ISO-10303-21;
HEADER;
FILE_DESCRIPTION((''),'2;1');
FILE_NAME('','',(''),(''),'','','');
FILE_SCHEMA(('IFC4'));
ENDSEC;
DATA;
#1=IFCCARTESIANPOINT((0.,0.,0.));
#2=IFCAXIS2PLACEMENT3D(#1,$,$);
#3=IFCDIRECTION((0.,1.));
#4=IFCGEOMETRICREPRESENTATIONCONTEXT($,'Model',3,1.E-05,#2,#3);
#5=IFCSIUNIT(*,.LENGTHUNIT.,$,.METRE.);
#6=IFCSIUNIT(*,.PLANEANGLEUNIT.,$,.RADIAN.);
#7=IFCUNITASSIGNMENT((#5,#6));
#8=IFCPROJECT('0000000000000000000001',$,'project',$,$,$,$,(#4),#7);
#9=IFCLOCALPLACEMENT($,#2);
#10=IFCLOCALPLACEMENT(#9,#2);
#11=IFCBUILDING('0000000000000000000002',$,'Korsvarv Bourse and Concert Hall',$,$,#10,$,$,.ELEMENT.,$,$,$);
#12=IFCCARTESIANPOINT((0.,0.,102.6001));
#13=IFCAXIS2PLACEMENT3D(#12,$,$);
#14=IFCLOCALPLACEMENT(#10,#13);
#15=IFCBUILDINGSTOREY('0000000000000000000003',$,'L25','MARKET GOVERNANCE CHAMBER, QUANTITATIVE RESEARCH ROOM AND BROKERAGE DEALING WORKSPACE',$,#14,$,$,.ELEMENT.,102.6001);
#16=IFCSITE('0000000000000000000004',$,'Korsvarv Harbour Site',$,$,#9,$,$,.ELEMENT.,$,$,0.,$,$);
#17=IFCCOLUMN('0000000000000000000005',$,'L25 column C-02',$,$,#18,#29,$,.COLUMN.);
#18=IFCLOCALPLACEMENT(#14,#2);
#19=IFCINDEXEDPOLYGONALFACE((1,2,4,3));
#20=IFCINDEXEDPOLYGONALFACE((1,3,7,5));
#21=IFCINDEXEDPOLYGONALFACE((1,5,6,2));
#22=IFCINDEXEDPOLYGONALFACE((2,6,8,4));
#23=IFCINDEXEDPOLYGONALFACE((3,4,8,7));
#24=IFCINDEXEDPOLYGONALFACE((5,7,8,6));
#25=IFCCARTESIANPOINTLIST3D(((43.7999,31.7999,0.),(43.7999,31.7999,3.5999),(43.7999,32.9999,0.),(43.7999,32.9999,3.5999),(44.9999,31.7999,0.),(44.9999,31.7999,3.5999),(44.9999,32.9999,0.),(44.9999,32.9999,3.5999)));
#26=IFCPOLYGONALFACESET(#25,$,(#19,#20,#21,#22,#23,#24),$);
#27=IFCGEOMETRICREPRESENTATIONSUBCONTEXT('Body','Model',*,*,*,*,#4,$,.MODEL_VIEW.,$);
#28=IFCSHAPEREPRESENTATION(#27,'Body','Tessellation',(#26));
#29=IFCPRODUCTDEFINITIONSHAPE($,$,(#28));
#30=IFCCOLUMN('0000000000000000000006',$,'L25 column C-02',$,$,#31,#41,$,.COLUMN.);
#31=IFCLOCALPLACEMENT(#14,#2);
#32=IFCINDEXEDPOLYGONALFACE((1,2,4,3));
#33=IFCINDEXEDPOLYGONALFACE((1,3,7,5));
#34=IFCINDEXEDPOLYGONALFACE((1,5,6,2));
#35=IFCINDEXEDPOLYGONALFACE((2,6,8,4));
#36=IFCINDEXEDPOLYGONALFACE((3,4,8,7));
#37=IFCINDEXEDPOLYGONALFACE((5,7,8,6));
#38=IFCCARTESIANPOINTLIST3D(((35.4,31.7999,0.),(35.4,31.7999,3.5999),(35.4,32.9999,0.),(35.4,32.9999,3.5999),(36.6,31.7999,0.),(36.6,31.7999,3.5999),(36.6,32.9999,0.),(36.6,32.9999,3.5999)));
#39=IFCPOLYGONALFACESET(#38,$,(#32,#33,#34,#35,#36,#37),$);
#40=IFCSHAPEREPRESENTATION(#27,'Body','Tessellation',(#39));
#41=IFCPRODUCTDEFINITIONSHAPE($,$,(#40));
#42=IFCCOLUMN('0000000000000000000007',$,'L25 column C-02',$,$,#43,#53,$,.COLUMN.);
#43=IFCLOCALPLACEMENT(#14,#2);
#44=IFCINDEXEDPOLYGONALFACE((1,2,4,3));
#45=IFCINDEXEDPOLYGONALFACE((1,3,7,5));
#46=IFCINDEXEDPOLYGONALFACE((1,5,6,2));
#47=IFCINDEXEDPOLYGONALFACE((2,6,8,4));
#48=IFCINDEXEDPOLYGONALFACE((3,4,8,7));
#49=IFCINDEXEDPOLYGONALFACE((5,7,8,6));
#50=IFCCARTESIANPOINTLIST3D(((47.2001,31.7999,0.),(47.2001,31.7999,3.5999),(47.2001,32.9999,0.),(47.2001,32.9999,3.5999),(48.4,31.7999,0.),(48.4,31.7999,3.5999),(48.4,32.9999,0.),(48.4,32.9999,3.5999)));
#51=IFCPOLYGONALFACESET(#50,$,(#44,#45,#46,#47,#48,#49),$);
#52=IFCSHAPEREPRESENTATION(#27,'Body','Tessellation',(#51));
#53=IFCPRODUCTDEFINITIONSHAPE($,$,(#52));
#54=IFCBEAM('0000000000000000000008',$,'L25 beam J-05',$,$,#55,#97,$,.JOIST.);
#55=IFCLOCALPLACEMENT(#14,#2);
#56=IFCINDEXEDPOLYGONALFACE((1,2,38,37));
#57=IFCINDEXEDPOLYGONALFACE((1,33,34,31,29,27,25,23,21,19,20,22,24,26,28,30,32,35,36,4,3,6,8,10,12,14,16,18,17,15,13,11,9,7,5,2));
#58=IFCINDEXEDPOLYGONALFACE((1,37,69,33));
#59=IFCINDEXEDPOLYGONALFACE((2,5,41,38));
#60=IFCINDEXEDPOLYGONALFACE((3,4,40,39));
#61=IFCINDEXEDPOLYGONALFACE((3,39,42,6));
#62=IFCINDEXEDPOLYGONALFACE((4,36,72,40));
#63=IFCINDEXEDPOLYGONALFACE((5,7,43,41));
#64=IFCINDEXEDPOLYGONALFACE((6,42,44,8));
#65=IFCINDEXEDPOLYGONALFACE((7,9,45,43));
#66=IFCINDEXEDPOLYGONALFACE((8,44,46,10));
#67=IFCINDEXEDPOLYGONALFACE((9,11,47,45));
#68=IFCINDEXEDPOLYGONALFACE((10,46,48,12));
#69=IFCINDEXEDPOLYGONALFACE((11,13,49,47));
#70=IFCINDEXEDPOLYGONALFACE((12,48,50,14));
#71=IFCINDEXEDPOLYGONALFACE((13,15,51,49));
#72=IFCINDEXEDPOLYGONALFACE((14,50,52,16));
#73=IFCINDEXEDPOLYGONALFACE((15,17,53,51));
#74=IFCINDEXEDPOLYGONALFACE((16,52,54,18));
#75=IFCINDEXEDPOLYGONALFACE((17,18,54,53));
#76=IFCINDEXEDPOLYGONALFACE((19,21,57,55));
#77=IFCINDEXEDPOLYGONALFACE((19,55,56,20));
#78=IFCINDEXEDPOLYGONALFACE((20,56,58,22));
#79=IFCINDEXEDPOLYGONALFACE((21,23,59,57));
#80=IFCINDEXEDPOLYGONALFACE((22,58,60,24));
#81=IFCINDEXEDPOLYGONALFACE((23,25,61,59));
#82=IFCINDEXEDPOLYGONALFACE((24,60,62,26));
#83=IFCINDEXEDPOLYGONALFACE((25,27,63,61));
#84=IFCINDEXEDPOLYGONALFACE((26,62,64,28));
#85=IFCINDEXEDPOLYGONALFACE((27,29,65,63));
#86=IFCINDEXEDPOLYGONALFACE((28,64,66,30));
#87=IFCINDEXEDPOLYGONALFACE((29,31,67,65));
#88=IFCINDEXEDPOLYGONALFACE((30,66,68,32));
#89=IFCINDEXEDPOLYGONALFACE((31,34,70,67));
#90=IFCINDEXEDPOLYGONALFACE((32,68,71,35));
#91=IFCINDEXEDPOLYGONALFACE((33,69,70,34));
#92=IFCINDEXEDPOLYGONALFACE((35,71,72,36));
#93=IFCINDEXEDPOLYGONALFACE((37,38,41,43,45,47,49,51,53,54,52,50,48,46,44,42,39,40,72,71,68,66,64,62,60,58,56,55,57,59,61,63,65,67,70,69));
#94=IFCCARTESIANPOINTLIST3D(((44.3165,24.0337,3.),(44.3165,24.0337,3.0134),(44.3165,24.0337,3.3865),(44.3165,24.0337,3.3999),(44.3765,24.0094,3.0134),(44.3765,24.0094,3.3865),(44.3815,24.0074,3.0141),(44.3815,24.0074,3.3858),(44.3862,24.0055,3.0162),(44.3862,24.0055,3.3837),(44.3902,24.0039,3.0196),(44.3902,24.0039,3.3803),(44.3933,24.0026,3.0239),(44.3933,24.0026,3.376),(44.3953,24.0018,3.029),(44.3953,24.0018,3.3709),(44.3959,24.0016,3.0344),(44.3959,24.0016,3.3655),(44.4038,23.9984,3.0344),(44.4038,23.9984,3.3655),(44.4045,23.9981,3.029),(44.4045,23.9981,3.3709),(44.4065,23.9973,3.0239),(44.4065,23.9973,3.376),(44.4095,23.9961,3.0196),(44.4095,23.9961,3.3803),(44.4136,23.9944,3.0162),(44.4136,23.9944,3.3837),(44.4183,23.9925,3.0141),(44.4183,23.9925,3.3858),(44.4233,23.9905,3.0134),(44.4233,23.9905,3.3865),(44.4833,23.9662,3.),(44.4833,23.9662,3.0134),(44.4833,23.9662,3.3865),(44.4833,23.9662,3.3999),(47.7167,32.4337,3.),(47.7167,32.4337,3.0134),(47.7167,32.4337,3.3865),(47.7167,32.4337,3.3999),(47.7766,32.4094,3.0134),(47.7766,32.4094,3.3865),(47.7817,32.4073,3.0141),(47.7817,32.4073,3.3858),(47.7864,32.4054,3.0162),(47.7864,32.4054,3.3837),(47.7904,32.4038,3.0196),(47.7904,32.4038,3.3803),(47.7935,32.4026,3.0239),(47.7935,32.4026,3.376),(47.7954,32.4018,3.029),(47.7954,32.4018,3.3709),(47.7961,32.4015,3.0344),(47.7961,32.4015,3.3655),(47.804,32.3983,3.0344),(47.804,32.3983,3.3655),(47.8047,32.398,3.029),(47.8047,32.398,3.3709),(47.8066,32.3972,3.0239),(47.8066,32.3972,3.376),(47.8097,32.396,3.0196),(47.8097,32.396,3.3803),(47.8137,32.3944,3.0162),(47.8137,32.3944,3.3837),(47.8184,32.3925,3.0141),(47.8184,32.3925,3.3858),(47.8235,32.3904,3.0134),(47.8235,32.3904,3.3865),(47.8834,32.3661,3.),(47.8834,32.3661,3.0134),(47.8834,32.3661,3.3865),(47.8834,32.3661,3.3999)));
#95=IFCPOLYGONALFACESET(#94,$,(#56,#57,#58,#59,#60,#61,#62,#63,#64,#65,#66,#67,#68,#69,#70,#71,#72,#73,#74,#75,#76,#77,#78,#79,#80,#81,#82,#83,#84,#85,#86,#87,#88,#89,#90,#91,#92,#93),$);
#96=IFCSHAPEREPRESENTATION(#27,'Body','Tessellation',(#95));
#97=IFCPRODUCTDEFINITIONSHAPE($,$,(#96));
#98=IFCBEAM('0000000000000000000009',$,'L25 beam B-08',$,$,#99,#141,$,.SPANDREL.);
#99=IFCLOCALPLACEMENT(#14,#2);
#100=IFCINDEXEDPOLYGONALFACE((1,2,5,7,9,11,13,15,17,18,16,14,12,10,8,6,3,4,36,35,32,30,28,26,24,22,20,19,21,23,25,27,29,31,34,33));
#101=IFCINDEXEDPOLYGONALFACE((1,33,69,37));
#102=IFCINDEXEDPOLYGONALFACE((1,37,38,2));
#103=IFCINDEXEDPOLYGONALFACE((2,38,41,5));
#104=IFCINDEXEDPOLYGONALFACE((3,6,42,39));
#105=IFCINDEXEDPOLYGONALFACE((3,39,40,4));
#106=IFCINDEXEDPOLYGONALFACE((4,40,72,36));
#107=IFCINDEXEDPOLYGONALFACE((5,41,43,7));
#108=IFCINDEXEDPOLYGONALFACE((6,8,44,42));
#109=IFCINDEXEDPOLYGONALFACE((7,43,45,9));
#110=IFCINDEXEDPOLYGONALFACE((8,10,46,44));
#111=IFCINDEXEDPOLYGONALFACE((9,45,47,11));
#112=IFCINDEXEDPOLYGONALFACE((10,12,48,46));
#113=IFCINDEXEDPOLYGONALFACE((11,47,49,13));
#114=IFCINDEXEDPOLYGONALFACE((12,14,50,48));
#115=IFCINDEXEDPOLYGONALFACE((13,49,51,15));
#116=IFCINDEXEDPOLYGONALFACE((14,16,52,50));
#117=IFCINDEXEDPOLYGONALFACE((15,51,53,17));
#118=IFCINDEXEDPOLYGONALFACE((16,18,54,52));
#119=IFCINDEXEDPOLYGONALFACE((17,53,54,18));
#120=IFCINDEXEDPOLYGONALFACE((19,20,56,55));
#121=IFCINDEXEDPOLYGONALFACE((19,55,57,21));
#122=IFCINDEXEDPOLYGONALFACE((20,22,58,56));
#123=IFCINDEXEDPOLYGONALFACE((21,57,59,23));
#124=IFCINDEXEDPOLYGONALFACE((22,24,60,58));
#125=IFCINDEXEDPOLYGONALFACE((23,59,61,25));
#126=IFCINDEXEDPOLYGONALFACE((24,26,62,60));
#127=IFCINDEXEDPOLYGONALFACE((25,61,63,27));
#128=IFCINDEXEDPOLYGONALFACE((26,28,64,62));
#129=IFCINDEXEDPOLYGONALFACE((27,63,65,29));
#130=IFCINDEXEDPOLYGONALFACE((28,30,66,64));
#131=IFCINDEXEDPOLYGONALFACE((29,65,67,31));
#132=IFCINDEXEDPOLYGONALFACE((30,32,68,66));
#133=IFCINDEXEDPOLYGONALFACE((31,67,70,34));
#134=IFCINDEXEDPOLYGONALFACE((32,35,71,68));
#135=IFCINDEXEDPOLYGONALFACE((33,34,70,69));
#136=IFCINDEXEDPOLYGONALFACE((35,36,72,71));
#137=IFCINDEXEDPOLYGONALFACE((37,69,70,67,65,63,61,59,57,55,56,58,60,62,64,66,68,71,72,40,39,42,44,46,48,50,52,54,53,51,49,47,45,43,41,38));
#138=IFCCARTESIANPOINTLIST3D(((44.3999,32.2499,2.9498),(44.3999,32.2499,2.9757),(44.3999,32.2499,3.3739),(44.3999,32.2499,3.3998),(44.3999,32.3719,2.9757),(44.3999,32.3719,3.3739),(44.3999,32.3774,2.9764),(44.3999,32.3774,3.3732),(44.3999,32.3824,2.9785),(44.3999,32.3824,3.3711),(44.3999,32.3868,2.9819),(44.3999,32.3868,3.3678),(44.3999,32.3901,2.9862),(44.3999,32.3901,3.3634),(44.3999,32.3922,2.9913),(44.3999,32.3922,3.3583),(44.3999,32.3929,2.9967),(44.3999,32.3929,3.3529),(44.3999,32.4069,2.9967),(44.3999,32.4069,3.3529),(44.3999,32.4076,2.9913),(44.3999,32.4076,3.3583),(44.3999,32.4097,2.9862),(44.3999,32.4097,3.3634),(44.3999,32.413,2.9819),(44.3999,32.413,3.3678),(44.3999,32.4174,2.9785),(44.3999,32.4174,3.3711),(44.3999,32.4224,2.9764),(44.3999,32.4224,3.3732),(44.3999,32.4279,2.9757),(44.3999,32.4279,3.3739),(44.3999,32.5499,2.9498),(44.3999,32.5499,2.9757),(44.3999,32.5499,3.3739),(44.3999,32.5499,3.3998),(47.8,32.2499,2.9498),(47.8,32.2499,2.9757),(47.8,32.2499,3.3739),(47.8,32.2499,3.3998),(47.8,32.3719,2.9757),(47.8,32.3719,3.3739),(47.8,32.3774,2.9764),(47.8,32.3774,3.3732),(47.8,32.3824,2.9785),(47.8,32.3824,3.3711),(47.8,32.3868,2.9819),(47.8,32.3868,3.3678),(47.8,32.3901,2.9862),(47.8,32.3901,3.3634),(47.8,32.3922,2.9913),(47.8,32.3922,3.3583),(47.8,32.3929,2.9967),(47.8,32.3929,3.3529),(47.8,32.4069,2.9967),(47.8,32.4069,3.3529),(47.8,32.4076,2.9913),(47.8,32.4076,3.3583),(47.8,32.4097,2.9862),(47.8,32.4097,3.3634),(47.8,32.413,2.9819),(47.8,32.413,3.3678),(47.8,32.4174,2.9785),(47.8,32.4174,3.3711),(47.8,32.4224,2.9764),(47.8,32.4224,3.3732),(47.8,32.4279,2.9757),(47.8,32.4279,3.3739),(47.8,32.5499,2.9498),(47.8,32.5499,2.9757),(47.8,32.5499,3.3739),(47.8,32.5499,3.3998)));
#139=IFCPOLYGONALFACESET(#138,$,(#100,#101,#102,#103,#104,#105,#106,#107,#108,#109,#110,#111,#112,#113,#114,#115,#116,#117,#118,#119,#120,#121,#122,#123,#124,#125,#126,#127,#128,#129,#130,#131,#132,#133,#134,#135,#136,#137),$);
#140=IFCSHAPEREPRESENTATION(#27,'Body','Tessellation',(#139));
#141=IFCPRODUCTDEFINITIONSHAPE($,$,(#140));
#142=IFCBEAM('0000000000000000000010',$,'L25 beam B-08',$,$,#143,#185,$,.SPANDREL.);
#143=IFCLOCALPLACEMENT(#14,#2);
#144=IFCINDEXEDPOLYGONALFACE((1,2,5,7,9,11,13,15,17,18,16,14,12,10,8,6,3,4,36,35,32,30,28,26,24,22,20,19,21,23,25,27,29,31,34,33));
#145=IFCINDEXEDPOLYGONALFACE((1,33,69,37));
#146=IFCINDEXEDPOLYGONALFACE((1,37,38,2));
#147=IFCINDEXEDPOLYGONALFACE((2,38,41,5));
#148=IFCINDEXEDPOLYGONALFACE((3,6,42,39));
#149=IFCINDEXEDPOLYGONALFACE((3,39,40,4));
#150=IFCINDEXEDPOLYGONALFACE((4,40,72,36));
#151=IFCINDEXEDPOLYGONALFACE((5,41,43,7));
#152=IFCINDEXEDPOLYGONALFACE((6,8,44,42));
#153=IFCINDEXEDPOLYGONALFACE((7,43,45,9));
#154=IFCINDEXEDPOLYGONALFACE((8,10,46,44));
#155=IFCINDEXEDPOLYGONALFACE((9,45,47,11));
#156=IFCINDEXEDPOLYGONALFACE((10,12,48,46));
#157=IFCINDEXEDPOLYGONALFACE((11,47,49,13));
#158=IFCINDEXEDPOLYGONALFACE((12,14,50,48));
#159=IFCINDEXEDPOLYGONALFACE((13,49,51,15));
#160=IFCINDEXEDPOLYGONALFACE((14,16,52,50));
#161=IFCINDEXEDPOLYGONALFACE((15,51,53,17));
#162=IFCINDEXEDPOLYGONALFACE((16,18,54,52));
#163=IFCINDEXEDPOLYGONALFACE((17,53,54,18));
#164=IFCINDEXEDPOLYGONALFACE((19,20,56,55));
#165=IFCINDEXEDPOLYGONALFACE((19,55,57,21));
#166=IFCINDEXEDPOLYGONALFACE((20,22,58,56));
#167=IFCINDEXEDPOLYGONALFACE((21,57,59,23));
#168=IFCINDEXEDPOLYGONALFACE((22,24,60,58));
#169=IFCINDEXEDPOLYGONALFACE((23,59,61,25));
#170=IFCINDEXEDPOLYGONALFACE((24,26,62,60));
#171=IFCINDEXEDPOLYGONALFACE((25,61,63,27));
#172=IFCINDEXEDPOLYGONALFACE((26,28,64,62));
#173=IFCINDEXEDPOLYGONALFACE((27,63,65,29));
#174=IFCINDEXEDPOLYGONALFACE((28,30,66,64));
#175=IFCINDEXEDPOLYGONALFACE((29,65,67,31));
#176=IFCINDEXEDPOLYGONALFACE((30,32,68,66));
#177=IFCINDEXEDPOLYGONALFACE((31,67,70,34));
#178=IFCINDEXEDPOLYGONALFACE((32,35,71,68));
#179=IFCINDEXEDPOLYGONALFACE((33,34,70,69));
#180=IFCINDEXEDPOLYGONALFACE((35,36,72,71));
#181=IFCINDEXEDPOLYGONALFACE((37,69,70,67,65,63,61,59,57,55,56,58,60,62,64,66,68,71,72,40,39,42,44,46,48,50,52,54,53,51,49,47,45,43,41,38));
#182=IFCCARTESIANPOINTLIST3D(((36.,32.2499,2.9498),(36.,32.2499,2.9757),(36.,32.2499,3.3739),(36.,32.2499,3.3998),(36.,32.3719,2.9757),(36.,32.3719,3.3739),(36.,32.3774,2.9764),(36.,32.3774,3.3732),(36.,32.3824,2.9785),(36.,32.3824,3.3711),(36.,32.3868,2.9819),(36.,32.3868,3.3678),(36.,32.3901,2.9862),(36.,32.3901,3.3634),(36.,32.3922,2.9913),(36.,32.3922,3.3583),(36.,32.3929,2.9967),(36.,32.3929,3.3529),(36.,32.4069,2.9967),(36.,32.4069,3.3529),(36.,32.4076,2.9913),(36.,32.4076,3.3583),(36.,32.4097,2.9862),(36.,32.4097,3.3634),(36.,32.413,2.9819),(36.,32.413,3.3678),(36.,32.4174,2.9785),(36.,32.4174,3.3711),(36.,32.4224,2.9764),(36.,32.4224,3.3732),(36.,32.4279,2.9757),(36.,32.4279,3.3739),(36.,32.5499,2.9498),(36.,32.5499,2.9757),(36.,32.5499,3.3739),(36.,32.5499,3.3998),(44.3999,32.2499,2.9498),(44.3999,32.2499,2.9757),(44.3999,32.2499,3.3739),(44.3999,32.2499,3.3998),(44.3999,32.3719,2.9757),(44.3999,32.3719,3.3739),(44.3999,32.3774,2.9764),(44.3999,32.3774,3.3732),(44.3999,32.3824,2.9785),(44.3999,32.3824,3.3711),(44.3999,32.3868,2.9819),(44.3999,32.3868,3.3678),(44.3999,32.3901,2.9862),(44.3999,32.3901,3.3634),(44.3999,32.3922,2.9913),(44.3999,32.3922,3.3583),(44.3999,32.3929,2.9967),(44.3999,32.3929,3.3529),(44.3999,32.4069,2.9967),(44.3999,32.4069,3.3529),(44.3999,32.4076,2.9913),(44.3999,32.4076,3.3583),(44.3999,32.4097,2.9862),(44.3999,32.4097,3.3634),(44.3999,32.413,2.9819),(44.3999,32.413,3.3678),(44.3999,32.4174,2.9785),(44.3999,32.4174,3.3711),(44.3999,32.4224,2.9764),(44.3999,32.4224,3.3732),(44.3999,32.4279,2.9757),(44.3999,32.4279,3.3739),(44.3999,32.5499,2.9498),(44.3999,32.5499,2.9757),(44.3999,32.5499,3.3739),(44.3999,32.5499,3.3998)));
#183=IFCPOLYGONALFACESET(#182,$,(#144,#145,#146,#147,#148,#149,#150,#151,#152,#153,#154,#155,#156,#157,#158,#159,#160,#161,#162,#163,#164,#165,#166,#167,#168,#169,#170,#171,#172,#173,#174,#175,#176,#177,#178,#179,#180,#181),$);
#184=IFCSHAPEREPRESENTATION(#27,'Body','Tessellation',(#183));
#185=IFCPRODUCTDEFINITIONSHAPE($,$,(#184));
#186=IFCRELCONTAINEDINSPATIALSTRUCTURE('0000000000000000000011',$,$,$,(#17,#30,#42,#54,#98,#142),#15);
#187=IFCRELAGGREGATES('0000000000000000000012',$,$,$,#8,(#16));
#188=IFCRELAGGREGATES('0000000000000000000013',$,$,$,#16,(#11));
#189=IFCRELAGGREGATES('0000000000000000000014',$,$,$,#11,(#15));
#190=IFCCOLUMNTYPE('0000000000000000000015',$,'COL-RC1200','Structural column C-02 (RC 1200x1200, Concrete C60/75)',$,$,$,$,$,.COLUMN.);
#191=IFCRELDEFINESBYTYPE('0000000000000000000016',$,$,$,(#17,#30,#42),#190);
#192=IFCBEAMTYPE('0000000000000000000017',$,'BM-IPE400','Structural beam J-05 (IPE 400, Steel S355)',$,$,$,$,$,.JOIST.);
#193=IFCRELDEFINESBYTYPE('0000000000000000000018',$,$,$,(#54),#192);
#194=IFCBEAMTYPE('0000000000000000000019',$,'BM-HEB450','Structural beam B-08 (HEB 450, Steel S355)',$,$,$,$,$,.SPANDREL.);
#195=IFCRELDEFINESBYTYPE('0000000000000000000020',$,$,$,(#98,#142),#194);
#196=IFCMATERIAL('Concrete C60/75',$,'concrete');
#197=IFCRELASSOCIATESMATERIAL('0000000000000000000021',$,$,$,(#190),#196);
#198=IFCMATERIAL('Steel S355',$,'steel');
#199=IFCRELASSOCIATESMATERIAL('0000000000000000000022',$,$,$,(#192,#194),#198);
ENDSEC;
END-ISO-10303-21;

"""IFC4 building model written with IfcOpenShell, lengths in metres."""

from ifc_helpers import new_model, si_unit, direction, frame, origin, origin_2d, place, context, subcontext, project, spatial, rectangle, i_section, extrude, source, transform, mapped, material, material_profile, profile_set, type_object, element, save


model = new_model("IFC4")

# Units and contexts
model_context = context("Model", 3, precision=1e-05, world=origin(), true_north=direction((0.0, 1.0)))
body_context = subcontext(model_context, "Body", "Model", "MODEL_VIEW")
ifc_project = project(units=[si_unit("LENGTHUNIT", "METRE"), si_unit("PLANEANGLEUNIT", "RADIAN")], contexts=[model_context])

# Site, building, storey
site_placement = place(None, origin())
site = spatial("IfcSite", under=ifc_project, at=site_placement, Name="Korsvarv Harbour Site", CompositionType="ELEMENT", RefElevation=0.0)
building_placement = place(site_placement, origin())
building = spatial("IfcBuilding", under=site, at=building_placement, Name="Korsvarv Bourse and Concert Hall", CompositionType="ELEMENT")
storey_placement = place(building_placement, frame((0.0, 0.0, 102.6001)))
storey = spatial("IfcBuildingStorey", under=building, at=storey_placement, Name="L25", Description="MARKET GOVERNANCE CHAMBER, QUANTITATIVE RESEARCH ROOM AND BROKERAGE DEALING WORKSPACE", CompositionType="ELEMENT", Elevation=102.6001)

# Columns
ifc_material_1 = material(Name="Concrete C60/75", Category="concrete")
ifc_material_profile_1 = material_profile(ifc_material_1, rectangle(XDim=1.2, YDim=1.2, at=origin_2d()), Name="RC 1200x1200")
ifc_profile_set_1 = profile_set([ifc_material_profile_1], Name="Concrete C60/75")
column_type = type_object("IfcColumnType", Name="COL-RC1200", Description="Structural column C-02 (RC 1200x1200, Concrete C60/75)", PredefinedType="COLUMN", material=ifc_profile_set_1)
shared_shape_1 = source(origin(), body_context, "Body", "SweptSolid", [
    extrude(rectangle(XDim=1.2, YDim=1.2, at=origin_2d()), origin(), (0.0, 0.0, 1.0), 3.5999),
])
for number, where, z_axis, x_axis, name in (
    (1, (44.3999, 32.3999, 0.0), (0.0, 0.0, 1.0), (1.0, 0.0, 0.0), "L25 column C-02"),
    (2, (36.0, 32.3999, 0.0), (0.0, 0.0, 1.0), (1.0, 0.0, 0.0), "L25 column C-02"),
    (3, (47.8, 32.3999, 0.0), (0.0, 0.0, 1.0), (1.0, 0.0, 0.0), "L25 column C-02"),
):
    element("IfcColumn", number, at=place(storey_placement, frame(where, z_axis=z_axis, x_axis=x_axis)), inside=storey, type_object=column_type, Name=name, PredefinedType="COLUMN", context=body_context, shape_type="MappedRepresentation", body=[
        mapped(shared_shape_1, transform((0.0, 0.0, 0.0), scale=1.0)),
    ])

# Beams
ifc_material_2 = material(Name="Steel S355", Category="steel")
ifc_material_profile_2 = material_profile(ifc_material_2, i_section(OverallWidth=0.1799, OverallDepth=0.3999, WebThickness=0.0085, FlangeThickness=0.0134, FilletRadius=0.021, at=origin_2d()), Name="IPE 400")
ifc_profile_set_2 = profile_set([ifc_material_profile_2], Name="Steel S355")
beam_type_1 = type_object("IfcBeamType", Name="BM-IPE400", Description="Structural beam J-05 (IPE 400, Steel S355)", PredefinedType="JOIST", material=ifc_profile_set_2)
shared_shape_2 = source(origin(), body_context, "Body", "SweptSolid", [
    extrude(i_section(OverallWidth=0.1799, OverallDepth=0.3999, WebThickness=0.0085, FlangeThickness=0.0134, FilletRadius=0.021, at=origin_2d()), origin(), (0.0, 0.0, 1.0), 9.062),
])
beam_1_placement = place(storey_placement, frame((47.8, 32.3999, 3.2), z_axis=(-0.37521, -0.92694, 0.0), x_axis=(0.92694, -0.37521, 0.0)))
element("IfcBeam", 4, at=beam_1_placement, inside=storey, type_object=beam_type_1, Name="L25 beam J-05", PredefinedType="JOIST", context=body_context, shape_type="MappedRepresentation", body=[
    mapped(shared_shape_2, transform((0.0, 0.0, 0.0), scale=1.0)),
])
ifc_material_profile_3 = material_profile(ifc_material_2, i_section(OverallWidth=0.3, OverallDepth=0.45, WebThickness=0.0139, FlangeThickness=0.0259, FilletRadius=0.021, at=origin_2d()), Name="HEB 450")
ifc_profile_set_3 = profile_set([ifc_material_profile_3], Name="Steel S355")
beam_type_2 = type_object("IfcBeamType", Name="BM-HEB450", Description="Structural beam B-08 (HEB 450, Steel S355)", PredefinedType="SPANDREL", material=ifc_profile_set_3)
shared_shape_3 = source(origin(), body_context, "Body", "SweptSolid", [
    extrude(i_section(OverallWidth=0.3, OverallDepth=0.45, WebThickness=0.0139, FlangeThickness=0.0259, FilletRadius=0.021, at=origin_2d()), origin(), (0.0, 0.0, 1.0), 3.4001),
])
beam_2_placement = place(storey_placement, frame((44.3999, 32.3999, 3.1748), z_axis=(1.0, 0.0, 0.0), x_axis=(0.0, 1.0, 0.0)))
element("IfcBeam", 5, at=beam_2_placement, inside=storey, type_object=beam_type_2, Name="L25 beam B-08", PredefinedType="SPANDREL", context=body_context, shape_type="MappedRepresentation", body=[
    mapped(shared_shape_3, transform((0.0, 0.0, 0.0), scale=1.0)),
])
shared_shape_4 = source(origin(), body_context, "Body", "SweptSolid", [
    extrude(i_section(OverallWidth=0.3, OverallDepth=0.45, WebThickness=0.0139, FlangeThickness=0.0259, FilletRadius=0.021, at=origin_2d()), origin(), (0.0, 0.0, 1.0), 8.3999),
])
beam_3_placement = place(storey_placement, frame((36.0, 32.3999, 3.1748), z_axis=(1.0, 0.0, 0.0), x_axis=(0.0, 1.0, 0.0)))
element("IfcBeam", 6, at=beam_3_placement, inside=storey, type_object=beam_type_2, Name="L25 beam B-08", PredefinedType="SPANDREL", context=body_context, shape_type="MappedRepresentation", body=[
    mapped(shared_shape_4, transform((0.0, 0.0, 0.0), scale=1.0)),
])

save(model, "model.ifc")
